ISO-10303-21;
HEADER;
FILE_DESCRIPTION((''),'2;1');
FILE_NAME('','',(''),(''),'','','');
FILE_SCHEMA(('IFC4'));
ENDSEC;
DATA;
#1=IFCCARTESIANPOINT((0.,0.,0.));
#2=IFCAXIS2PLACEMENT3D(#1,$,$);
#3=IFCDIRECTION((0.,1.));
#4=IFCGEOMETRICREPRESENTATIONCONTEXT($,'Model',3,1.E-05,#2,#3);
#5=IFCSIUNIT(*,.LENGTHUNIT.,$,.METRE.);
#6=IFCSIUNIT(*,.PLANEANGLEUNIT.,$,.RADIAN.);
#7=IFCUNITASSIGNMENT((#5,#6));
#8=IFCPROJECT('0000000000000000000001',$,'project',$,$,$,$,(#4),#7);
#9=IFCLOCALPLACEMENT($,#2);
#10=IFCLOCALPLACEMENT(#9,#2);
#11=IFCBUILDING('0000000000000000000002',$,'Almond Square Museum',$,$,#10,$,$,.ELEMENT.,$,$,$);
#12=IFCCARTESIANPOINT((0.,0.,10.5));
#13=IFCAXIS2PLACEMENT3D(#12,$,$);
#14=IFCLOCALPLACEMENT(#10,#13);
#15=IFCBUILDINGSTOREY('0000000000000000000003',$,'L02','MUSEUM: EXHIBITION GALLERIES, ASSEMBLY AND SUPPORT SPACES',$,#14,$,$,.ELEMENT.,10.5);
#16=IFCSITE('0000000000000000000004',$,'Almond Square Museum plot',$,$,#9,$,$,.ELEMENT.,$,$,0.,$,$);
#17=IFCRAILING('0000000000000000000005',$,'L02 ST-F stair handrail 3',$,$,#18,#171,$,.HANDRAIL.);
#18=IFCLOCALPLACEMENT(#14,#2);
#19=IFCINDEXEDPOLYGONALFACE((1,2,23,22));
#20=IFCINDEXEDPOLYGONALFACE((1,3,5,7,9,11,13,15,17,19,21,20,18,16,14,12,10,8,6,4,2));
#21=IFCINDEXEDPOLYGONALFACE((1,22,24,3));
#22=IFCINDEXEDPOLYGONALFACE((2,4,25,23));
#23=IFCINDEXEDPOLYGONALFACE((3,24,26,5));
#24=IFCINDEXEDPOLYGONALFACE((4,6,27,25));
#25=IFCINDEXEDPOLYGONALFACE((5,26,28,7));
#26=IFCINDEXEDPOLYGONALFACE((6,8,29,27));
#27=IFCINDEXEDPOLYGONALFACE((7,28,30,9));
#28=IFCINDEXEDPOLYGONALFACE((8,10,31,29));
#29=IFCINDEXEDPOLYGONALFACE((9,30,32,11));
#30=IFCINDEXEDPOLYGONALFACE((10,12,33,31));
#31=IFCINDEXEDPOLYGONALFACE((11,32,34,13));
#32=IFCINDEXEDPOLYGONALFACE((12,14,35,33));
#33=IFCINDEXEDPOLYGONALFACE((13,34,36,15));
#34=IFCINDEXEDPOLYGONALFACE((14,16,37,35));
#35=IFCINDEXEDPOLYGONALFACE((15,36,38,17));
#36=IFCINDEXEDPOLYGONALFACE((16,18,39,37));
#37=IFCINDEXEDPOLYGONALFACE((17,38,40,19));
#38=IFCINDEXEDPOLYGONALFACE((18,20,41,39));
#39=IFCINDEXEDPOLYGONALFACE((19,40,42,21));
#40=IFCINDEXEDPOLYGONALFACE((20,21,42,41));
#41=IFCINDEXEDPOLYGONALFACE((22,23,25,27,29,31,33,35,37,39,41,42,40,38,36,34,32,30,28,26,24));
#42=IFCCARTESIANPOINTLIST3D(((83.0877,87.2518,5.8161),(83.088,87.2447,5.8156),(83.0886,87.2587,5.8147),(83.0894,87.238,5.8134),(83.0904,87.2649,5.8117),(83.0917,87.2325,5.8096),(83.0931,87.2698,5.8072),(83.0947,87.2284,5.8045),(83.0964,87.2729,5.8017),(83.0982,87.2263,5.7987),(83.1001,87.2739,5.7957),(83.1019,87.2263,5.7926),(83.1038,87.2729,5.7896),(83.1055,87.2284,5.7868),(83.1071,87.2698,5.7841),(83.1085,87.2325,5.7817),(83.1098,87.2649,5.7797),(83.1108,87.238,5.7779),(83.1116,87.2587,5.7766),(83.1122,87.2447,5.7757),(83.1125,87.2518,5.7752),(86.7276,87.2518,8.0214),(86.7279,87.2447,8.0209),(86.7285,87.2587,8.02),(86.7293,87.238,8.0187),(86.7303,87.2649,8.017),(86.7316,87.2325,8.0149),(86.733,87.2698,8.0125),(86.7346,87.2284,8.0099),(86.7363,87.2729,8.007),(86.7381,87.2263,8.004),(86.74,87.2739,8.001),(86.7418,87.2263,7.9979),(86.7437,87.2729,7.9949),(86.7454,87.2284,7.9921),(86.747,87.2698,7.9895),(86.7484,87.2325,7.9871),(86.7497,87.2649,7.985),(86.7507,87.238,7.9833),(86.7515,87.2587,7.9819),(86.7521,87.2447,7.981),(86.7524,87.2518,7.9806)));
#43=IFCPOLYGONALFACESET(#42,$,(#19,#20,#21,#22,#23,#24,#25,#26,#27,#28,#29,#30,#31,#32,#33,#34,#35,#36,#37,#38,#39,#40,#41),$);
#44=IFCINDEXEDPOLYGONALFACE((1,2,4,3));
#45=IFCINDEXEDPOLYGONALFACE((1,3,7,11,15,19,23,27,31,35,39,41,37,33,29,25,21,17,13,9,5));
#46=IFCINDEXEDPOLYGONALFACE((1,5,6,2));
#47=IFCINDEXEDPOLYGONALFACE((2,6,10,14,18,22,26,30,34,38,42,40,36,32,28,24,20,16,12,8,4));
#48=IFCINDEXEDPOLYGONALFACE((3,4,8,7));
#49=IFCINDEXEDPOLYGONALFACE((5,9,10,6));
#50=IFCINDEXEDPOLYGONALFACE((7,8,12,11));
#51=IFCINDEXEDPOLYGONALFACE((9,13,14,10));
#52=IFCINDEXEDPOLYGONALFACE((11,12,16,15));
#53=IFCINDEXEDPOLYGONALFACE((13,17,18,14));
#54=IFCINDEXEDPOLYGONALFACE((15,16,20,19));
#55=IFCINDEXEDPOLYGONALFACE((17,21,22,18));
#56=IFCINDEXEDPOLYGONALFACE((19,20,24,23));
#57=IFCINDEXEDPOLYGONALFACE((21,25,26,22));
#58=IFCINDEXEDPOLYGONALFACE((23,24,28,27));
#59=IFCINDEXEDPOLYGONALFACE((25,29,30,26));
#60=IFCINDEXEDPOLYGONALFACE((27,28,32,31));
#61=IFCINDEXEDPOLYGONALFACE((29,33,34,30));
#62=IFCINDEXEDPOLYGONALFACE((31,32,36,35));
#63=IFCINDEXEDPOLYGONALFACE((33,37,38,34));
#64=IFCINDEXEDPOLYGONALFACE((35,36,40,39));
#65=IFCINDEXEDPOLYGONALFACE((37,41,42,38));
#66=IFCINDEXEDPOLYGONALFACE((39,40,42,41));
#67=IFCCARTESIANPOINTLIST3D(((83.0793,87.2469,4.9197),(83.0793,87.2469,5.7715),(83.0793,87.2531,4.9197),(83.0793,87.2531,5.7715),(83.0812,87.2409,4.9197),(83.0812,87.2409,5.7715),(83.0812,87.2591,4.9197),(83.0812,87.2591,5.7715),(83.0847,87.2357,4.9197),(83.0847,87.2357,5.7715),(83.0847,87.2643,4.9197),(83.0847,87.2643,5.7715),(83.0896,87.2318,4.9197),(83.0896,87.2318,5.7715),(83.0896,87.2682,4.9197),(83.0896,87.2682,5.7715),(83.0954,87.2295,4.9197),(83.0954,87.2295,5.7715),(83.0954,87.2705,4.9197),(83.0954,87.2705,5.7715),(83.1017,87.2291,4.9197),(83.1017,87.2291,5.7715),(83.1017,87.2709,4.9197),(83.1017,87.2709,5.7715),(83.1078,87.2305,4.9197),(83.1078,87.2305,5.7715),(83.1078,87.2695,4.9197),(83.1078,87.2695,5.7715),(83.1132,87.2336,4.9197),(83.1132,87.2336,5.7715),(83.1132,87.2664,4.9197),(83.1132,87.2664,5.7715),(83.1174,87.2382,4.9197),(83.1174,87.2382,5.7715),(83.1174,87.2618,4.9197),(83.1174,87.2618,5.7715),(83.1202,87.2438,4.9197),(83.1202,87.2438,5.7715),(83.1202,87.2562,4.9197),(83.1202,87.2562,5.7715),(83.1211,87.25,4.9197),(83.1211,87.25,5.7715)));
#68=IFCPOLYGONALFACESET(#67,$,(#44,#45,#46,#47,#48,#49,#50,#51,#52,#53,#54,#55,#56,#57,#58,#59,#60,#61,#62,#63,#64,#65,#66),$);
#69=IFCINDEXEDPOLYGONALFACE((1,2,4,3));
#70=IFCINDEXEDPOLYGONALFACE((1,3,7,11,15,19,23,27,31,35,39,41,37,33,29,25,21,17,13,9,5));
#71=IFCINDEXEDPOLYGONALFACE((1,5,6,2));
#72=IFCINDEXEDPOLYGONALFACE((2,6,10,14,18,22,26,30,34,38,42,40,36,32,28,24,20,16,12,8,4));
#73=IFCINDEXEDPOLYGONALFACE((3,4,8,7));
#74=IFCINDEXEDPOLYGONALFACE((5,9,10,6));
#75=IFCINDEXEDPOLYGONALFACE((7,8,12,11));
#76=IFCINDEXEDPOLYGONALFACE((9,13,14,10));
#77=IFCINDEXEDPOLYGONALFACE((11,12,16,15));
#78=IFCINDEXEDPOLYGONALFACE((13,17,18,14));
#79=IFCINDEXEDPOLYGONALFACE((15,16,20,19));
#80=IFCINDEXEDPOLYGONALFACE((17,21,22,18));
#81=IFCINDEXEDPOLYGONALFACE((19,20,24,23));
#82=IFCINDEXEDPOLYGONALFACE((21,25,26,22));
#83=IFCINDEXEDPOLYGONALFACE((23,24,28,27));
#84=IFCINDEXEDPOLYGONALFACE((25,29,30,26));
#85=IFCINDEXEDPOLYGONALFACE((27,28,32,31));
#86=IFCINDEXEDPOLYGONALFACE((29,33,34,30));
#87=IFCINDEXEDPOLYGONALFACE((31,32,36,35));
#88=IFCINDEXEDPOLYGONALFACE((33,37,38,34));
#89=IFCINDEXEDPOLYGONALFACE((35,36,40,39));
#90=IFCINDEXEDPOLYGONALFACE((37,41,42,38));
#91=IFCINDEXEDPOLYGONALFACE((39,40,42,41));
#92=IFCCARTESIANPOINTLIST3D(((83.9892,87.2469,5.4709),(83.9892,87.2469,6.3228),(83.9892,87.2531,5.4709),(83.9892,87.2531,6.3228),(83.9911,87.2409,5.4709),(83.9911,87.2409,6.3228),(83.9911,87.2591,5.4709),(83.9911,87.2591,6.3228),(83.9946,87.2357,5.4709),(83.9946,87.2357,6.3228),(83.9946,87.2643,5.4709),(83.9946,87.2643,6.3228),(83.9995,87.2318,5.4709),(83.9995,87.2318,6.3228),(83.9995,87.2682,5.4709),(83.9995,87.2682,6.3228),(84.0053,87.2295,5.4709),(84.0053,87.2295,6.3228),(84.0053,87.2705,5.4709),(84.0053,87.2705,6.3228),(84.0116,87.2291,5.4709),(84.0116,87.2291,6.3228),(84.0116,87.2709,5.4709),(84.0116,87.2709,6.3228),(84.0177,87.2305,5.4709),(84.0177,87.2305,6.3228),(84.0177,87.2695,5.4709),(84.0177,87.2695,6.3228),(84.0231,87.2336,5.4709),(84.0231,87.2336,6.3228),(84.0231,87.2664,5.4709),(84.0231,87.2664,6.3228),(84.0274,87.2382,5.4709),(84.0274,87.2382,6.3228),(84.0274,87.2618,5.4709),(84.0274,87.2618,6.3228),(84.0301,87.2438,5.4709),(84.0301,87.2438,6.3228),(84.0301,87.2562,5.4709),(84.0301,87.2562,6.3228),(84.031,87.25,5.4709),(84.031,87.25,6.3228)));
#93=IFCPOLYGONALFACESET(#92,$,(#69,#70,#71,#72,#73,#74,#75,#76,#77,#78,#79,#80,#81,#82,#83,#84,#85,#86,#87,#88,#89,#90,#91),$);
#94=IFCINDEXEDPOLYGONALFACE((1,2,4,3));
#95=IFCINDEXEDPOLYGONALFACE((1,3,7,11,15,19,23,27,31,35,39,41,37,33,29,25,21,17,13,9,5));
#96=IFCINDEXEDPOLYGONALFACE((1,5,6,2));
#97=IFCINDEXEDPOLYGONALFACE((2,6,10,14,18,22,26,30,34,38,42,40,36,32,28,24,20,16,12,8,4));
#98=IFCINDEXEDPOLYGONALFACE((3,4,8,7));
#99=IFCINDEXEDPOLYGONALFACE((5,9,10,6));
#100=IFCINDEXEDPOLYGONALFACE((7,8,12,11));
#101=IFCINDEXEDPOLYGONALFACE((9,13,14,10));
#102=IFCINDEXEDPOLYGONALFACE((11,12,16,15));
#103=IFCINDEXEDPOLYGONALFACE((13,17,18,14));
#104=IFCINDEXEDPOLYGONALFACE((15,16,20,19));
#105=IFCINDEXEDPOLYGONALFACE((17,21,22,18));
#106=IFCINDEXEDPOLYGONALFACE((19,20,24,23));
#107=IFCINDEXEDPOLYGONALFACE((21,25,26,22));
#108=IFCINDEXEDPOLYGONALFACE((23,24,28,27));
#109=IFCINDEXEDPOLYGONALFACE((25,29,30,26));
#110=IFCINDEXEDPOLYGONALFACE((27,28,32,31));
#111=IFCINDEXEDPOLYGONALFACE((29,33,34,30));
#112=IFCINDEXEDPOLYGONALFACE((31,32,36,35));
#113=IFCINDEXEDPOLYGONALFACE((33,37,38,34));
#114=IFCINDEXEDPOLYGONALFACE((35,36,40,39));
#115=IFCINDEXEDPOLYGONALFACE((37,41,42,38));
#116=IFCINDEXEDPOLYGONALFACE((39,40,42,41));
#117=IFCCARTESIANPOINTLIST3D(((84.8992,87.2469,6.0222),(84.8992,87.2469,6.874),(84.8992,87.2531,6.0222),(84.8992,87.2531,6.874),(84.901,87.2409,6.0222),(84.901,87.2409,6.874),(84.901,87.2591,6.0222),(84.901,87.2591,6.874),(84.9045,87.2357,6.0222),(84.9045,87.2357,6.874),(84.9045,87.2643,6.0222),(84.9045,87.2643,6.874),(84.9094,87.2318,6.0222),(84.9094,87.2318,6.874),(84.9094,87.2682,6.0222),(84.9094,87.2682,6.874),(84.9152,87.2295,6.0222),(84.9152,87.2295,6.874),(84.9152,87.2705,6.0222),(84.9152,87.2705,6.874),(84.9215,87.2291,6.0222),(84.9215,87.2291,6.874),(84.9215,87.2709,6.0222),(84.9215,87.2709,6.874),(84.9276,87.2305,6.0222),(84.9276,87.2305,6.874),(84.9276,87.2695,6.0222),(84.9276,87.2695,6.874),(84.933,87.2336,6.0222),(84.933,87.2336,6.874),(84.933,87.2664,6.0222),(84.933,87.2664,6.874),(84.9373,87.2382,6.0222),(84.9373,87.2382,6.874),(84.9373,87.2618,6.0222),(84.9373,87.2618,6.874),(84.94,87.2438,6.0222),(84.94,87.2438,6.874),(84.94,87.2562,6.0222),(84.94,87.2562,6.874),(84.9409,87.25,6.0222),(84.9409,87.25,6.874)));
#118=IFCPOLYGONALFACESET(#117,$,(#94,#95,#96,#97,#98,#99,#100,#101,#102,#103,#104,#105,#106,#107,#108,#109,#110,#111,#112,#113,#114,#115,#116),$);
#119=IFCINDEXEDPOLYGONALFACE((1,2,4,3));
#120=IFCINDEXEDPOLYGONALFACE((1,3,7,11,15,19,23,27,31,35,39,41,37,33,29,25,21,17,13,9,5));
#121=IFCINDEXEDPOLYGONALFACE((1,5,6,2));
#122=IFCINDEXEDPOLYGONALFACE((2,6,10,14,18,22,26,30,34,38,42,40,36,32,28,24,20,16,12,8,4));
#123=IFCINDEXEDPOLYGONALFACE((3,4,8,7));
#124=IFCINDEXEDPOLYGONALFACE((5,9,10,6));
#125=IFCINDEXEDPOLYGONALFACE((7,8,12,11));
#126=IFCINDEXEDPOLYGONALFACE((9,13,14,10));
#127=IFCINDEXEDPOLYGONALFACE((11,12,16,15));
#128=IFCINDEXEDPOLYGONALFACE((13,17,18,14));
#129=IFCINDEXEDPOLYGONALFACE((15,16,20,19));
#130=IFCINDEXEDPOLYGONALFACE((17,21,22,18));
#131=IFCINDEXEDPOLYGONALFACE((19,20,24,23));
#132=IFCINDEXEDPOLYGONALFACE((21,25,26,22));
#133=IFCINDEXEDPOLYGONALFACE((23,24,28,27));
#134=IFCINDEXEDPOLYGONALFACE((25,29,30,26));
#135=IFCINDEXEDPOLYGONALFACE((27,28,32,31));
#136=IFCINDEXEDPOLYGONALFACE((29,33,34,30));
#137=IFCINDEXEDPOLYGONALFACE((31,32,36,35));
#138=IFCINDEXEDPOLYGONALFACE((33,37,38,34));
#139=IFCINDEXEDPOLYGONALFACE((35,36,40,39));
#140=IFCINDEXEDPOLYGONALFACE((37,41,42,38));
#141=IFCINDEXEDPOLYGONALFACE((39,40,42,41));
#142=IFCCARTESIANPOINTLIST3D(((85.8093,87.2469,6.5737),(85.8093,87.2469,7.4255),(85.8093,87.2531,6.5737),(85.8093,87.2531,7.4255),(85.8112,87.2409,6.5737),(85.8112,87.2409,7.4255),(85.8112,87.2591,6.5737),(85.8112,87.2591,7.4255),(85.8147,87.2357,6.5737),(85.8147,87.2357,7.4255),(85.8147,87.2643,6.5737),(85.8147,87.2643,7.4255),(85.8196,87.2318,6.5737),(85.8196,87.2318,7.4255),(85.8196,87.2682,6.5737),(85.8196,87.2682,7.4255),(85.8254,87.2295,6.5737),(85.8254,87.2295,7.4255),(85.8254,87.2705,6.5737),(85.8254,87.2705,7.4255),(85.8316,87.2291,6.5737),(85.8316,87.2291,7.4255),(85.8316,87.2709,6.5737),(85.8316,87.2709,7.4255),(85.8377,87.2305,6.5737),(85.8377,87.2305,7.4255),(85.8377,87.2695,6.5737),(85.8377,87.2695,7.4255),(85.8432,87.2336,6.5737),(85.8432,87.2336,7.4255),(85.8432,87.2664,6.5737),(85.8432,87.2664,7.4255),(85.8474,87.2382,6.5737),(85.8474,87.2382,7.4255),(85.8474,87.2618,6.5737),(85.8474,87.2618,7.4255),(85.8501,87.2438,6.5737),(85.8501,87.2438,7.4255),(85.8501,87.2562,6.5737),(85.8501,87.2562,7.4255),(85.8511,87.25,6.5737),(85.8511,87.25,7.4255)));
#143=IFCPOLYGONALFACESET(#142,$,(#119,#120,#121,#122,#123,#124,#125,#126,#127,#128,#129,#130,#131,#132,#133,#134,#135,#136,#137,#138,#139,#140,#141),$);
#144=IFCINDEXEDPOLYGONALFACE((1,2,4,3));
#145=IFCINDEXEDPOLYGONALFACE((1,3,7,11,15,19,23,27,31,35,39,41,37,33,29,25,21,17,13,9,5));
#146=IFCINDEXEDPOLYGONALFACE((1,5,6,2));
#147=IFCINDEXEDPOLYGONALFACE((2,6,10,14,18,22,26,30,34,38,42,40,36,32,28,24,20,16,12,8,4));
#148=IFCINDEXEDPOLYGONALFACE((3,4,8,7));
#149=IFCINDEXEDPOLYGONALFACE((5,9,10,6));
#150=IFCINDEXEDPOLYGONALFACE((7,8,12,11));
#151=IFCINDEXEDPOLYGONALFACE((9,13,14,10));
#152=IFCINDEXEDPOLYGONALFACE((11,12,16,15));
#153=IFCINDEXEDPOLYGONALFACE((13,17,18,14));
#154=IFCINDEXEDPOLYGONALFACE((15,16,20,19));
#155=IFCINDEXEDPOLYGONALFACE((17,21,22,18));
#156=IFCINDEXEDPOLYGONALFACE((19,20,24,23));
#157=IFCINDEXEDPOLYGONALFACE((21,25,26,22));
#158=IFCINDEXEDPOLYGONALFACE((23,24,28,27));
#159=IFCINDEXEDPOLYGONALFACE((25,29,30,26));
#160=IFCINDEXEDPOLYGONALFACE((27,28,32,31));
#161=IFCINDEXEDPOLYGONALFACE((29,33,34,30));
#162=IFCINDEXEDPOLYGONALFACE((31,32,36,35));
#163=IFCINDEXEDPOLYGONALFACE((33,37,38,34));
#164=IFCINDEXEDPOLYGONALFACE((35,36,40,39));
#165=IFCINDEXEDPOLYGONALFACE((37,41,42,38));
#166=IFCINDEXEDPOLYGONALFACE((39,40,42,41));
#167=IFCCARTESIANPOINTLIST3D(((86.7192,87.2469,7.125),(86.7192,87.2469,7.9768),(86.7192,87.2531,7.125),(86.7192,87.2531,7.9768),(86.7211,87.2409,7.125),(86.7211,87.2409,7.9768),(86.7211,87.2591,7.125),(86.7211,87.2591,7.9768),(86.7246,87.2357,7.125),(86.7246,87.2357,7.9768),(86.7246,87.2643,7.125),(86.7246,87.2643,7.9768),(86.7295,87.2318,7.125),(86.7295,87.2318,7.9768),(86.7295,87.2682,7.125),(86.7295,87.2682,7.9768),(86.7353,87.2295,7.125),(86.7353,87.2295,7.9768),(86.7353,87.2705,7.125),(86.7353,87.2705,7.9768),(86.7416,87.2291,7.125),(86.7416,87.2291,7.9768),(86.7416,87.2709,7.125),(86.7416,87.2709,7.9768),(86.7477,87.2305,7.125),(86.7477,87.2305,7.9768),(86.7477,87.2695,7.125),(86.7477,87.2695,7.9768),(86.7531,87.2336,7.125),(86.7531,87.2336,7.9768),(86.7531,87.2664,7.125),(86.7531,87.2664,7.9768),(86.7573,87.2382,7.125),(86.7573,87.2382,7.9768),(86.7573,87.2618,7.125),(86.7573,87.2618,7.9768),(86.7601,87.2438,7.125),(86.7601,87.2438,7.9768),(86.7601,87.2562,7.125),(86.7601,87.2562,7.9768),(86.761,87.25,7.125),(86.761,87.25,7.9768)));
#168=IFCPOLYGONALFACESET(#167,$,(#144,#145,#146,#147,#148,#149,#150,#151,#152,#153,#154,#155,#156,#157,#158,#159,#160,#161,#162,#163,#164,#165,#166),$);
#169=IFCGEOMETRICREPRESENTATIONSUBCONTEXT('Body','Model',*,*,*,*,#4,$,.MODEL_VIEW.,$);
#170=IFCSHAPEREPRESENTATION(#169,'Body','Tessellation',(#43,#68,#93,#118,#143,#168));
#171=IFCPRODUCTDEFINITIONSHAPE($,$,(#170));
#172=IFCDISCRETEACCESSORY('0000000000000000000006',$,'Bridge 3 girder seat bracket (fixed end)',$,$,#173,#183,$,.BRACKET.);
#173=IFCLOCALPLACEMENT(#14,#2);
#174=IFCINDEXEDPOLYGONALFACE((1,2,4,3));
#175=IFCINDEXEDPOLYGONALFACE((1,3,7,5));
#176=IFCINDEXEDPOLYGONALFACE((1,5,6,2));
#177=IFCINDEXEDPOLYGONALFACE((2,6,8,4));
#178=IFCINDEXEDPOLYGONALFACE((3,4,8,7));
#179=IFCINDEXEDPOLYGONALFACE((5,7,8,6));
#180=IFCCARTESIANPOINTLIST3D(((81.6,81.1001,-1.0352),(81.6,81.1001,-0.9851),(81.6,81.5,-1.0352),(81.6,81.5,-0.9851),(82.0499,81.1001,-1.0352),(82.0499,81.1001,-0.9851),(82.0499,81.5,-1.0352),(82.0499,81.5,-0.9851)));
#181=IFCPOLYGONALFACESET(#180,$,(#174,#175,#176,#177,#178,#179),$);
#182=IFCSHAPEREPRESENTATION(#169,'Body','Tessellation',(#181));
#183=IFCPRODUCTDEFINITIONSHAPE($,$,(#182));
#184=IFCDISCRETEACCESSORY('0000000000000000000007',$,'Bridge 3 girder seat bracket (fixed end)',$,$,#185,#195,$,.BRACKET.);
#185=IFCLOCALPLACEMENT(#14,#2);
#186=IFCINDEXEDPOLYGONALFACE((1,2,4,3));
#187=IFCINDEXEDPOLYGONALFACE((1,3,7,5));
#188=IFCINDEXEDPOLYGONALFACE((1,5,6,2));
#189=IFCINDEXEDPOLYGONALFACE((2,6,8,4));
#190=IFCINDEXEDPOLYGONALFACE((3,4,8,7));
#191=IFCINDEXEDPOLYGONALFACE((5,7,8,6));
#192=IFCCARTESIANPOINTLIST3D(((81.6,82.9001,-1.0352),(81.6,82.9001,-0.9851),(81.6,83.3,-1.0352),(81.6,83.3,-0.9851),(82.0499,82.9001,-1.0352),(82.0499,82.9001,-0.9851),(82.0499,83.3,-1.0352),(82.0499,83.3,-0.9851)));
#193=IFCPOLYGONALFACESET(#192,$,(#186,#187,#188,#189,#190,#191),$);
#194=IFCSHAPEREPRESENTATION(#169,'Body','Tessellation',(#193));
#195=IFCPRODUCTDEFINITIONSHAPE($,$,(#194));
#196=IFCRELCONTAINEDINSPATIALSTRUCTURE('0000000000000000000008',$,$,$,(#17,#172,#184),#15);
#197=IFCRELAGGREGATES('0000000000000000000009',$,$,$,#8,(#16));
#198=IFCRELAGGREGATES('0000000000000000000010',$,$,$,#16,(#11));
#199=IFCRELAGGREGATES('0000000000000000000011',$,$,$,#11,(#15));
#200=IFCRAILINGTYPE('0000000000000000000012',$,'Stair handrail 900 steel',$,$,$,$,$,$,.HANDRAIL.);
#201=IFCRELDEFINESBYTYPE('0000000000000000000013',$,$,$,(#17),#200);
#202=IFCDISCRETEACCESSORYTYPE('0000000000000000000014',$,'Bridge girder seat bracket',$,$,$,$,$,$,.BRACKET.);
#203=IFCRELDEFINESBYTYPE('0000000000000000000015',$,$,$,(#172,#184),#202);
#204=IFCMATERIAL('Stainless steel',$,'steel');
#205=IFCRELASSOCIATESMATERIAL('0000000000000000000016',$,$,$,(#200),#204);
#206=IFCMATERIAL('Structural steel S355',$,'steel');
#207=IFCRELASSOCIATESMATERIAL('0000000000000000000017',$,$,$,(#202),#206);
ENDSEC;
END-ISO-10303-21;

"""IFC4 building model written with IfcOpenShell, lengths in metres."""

from ifc_helpers import new_model, si_unit, direction, frame, origin, origin_2d, place, context, subcontext, project, spatial, rectangle, circle, extrude, material, type_object, element, save


model = new_model("IFC4")

# Units and contexts
model_context = context("Model", 3, precision=1e-05, world=origin(), true_north=direction((0.0, 1.0)))
body_context = subcontext(model_context, "Body", "Model", "MODEL_VIEW")
ifc_project = project(units=[si_unit("LENGTHUNIT", "METRE"), si_unit("PLANEANGLEUNIT", "RADIAN")], contexts=[model_context])

# Site, building, storey
site_placement = place(None, origin())
site = spatial("IfcSite", under=ifc_project, at=site_placement, Name="Almond Square Museum plot", CompositionType="ELEMENT", RefElevation=0.0)
building_placement = place(site_placement, origin())
building = spatial("IfcBuilding", under=site, at=building_placement, Name="Almond Square Museum", CompositionType="ELEMENT")
storey_placement = place(building_placement, frame((0.0, 0.0, 10.5)))
storey = spatial("IfcBuildingStorey", under=building, at=storey_placement, Name="L02", Description="MUSEUM: EXHIBITION GALLERIES, ASSEMBLY AND SUPPORT SPACES", CompositionType="ELEMENT", Elevation=10.5)

# Railing
ifc_material_1 = material(Name="Stainless steel", Category="steel")
railing_type_1 = type_object("IfcRailingType", Name="Stair handrail 900 steel", PredefinedType="HANDRAIL", material=ifc_material_1)
for number, where, name in (
    (1, (83.1001, 87.25, 4.9197), "L02 ST-F stair handrail 3"),
):
    element("IfcRailing", number, at=place(storey_placement, frame(where)), inside=storey, type_object=railing_type_1, Name=name, PredefinedType="HANDRAIL", context=body_context, shape_type="SweptSolid", body=[
        extrude(circle(Radius=0.0239, at=origin_2d()), frame((0.0, 0.0, 0.876), z_axis=(0.855268, 0.0, 0.518186), x_axis=(0.0, 1.0, 0.0)), (0.0, 0.0, 1.0), 4.2559),
        extrude(circle(Radius=0.021, at=origin_2d()), origin(), (0.0, 0.0, 1.0), 0.8518),
        extrude(circle(Radius=0.021, at=origin_2d()), frame((0.9099, 0.0, 0.5513)), (0.0, 0.0, 1.0), 0.8518),
        extrude(circle(Radius=0.021, at=origin_2d()), frame((1.8198, 0.0, 1.1025)), (0.0, 0.0, 1.0), 0.8518),
        extrude(circle(Radius=0.021, at=origin_2d()), frame((2.73, 0.0, 1.6541)), (0.0, 0.0, 1.0), 0.8518),
        extrude(circle(Radius=0.021, at=origin_2d()), frame((3.6399, 0.0, 2.2053)), (0.0, 0.0, 1.0), 0.8518),
    ])

# Discrete accessories
ifc_material_2 = material(Name="Structural steel S355", Category="steel")
discrete_accessory_type = type_object("IfcDiscreteAccessoryType", Name="Bridge girder seat bracket", PredefinedType="BRACKET", material=ifc_material_2)
for number, where, z_axis, x_axis, name in (
    (2, (81.825, 81.3, -1.0352), (0.0, 0.0, 1.0), (1.0, 0.0, 0.0), "Bridge 3 girder seat bracket (fixed end)"),
    (3, (81.825, 83.1001, -1.0352), (0.0, 0.0, 1.0), (1.0, 0.0, 0.0), "Bridge 3 girder seat bracket (fixed end)"),
):
    element("IfcDiscreteAccessory", number, at=place(storey_placement, frame(where, z_axis=z_axis, x_axis=x_axis)), inside=storey, type_object=discrete_accessory_type, Name=name, PredefinedType="BRACKET", context=body_context, shape_type="SweptSolid", body=[
        extrude(rectangle(XDim=0.45, YDim=0.3999, at=origin_2d()), origin(), (0.0, 0.0, 1.0), 0.05),
    ])

save(model, "model.ifc")
